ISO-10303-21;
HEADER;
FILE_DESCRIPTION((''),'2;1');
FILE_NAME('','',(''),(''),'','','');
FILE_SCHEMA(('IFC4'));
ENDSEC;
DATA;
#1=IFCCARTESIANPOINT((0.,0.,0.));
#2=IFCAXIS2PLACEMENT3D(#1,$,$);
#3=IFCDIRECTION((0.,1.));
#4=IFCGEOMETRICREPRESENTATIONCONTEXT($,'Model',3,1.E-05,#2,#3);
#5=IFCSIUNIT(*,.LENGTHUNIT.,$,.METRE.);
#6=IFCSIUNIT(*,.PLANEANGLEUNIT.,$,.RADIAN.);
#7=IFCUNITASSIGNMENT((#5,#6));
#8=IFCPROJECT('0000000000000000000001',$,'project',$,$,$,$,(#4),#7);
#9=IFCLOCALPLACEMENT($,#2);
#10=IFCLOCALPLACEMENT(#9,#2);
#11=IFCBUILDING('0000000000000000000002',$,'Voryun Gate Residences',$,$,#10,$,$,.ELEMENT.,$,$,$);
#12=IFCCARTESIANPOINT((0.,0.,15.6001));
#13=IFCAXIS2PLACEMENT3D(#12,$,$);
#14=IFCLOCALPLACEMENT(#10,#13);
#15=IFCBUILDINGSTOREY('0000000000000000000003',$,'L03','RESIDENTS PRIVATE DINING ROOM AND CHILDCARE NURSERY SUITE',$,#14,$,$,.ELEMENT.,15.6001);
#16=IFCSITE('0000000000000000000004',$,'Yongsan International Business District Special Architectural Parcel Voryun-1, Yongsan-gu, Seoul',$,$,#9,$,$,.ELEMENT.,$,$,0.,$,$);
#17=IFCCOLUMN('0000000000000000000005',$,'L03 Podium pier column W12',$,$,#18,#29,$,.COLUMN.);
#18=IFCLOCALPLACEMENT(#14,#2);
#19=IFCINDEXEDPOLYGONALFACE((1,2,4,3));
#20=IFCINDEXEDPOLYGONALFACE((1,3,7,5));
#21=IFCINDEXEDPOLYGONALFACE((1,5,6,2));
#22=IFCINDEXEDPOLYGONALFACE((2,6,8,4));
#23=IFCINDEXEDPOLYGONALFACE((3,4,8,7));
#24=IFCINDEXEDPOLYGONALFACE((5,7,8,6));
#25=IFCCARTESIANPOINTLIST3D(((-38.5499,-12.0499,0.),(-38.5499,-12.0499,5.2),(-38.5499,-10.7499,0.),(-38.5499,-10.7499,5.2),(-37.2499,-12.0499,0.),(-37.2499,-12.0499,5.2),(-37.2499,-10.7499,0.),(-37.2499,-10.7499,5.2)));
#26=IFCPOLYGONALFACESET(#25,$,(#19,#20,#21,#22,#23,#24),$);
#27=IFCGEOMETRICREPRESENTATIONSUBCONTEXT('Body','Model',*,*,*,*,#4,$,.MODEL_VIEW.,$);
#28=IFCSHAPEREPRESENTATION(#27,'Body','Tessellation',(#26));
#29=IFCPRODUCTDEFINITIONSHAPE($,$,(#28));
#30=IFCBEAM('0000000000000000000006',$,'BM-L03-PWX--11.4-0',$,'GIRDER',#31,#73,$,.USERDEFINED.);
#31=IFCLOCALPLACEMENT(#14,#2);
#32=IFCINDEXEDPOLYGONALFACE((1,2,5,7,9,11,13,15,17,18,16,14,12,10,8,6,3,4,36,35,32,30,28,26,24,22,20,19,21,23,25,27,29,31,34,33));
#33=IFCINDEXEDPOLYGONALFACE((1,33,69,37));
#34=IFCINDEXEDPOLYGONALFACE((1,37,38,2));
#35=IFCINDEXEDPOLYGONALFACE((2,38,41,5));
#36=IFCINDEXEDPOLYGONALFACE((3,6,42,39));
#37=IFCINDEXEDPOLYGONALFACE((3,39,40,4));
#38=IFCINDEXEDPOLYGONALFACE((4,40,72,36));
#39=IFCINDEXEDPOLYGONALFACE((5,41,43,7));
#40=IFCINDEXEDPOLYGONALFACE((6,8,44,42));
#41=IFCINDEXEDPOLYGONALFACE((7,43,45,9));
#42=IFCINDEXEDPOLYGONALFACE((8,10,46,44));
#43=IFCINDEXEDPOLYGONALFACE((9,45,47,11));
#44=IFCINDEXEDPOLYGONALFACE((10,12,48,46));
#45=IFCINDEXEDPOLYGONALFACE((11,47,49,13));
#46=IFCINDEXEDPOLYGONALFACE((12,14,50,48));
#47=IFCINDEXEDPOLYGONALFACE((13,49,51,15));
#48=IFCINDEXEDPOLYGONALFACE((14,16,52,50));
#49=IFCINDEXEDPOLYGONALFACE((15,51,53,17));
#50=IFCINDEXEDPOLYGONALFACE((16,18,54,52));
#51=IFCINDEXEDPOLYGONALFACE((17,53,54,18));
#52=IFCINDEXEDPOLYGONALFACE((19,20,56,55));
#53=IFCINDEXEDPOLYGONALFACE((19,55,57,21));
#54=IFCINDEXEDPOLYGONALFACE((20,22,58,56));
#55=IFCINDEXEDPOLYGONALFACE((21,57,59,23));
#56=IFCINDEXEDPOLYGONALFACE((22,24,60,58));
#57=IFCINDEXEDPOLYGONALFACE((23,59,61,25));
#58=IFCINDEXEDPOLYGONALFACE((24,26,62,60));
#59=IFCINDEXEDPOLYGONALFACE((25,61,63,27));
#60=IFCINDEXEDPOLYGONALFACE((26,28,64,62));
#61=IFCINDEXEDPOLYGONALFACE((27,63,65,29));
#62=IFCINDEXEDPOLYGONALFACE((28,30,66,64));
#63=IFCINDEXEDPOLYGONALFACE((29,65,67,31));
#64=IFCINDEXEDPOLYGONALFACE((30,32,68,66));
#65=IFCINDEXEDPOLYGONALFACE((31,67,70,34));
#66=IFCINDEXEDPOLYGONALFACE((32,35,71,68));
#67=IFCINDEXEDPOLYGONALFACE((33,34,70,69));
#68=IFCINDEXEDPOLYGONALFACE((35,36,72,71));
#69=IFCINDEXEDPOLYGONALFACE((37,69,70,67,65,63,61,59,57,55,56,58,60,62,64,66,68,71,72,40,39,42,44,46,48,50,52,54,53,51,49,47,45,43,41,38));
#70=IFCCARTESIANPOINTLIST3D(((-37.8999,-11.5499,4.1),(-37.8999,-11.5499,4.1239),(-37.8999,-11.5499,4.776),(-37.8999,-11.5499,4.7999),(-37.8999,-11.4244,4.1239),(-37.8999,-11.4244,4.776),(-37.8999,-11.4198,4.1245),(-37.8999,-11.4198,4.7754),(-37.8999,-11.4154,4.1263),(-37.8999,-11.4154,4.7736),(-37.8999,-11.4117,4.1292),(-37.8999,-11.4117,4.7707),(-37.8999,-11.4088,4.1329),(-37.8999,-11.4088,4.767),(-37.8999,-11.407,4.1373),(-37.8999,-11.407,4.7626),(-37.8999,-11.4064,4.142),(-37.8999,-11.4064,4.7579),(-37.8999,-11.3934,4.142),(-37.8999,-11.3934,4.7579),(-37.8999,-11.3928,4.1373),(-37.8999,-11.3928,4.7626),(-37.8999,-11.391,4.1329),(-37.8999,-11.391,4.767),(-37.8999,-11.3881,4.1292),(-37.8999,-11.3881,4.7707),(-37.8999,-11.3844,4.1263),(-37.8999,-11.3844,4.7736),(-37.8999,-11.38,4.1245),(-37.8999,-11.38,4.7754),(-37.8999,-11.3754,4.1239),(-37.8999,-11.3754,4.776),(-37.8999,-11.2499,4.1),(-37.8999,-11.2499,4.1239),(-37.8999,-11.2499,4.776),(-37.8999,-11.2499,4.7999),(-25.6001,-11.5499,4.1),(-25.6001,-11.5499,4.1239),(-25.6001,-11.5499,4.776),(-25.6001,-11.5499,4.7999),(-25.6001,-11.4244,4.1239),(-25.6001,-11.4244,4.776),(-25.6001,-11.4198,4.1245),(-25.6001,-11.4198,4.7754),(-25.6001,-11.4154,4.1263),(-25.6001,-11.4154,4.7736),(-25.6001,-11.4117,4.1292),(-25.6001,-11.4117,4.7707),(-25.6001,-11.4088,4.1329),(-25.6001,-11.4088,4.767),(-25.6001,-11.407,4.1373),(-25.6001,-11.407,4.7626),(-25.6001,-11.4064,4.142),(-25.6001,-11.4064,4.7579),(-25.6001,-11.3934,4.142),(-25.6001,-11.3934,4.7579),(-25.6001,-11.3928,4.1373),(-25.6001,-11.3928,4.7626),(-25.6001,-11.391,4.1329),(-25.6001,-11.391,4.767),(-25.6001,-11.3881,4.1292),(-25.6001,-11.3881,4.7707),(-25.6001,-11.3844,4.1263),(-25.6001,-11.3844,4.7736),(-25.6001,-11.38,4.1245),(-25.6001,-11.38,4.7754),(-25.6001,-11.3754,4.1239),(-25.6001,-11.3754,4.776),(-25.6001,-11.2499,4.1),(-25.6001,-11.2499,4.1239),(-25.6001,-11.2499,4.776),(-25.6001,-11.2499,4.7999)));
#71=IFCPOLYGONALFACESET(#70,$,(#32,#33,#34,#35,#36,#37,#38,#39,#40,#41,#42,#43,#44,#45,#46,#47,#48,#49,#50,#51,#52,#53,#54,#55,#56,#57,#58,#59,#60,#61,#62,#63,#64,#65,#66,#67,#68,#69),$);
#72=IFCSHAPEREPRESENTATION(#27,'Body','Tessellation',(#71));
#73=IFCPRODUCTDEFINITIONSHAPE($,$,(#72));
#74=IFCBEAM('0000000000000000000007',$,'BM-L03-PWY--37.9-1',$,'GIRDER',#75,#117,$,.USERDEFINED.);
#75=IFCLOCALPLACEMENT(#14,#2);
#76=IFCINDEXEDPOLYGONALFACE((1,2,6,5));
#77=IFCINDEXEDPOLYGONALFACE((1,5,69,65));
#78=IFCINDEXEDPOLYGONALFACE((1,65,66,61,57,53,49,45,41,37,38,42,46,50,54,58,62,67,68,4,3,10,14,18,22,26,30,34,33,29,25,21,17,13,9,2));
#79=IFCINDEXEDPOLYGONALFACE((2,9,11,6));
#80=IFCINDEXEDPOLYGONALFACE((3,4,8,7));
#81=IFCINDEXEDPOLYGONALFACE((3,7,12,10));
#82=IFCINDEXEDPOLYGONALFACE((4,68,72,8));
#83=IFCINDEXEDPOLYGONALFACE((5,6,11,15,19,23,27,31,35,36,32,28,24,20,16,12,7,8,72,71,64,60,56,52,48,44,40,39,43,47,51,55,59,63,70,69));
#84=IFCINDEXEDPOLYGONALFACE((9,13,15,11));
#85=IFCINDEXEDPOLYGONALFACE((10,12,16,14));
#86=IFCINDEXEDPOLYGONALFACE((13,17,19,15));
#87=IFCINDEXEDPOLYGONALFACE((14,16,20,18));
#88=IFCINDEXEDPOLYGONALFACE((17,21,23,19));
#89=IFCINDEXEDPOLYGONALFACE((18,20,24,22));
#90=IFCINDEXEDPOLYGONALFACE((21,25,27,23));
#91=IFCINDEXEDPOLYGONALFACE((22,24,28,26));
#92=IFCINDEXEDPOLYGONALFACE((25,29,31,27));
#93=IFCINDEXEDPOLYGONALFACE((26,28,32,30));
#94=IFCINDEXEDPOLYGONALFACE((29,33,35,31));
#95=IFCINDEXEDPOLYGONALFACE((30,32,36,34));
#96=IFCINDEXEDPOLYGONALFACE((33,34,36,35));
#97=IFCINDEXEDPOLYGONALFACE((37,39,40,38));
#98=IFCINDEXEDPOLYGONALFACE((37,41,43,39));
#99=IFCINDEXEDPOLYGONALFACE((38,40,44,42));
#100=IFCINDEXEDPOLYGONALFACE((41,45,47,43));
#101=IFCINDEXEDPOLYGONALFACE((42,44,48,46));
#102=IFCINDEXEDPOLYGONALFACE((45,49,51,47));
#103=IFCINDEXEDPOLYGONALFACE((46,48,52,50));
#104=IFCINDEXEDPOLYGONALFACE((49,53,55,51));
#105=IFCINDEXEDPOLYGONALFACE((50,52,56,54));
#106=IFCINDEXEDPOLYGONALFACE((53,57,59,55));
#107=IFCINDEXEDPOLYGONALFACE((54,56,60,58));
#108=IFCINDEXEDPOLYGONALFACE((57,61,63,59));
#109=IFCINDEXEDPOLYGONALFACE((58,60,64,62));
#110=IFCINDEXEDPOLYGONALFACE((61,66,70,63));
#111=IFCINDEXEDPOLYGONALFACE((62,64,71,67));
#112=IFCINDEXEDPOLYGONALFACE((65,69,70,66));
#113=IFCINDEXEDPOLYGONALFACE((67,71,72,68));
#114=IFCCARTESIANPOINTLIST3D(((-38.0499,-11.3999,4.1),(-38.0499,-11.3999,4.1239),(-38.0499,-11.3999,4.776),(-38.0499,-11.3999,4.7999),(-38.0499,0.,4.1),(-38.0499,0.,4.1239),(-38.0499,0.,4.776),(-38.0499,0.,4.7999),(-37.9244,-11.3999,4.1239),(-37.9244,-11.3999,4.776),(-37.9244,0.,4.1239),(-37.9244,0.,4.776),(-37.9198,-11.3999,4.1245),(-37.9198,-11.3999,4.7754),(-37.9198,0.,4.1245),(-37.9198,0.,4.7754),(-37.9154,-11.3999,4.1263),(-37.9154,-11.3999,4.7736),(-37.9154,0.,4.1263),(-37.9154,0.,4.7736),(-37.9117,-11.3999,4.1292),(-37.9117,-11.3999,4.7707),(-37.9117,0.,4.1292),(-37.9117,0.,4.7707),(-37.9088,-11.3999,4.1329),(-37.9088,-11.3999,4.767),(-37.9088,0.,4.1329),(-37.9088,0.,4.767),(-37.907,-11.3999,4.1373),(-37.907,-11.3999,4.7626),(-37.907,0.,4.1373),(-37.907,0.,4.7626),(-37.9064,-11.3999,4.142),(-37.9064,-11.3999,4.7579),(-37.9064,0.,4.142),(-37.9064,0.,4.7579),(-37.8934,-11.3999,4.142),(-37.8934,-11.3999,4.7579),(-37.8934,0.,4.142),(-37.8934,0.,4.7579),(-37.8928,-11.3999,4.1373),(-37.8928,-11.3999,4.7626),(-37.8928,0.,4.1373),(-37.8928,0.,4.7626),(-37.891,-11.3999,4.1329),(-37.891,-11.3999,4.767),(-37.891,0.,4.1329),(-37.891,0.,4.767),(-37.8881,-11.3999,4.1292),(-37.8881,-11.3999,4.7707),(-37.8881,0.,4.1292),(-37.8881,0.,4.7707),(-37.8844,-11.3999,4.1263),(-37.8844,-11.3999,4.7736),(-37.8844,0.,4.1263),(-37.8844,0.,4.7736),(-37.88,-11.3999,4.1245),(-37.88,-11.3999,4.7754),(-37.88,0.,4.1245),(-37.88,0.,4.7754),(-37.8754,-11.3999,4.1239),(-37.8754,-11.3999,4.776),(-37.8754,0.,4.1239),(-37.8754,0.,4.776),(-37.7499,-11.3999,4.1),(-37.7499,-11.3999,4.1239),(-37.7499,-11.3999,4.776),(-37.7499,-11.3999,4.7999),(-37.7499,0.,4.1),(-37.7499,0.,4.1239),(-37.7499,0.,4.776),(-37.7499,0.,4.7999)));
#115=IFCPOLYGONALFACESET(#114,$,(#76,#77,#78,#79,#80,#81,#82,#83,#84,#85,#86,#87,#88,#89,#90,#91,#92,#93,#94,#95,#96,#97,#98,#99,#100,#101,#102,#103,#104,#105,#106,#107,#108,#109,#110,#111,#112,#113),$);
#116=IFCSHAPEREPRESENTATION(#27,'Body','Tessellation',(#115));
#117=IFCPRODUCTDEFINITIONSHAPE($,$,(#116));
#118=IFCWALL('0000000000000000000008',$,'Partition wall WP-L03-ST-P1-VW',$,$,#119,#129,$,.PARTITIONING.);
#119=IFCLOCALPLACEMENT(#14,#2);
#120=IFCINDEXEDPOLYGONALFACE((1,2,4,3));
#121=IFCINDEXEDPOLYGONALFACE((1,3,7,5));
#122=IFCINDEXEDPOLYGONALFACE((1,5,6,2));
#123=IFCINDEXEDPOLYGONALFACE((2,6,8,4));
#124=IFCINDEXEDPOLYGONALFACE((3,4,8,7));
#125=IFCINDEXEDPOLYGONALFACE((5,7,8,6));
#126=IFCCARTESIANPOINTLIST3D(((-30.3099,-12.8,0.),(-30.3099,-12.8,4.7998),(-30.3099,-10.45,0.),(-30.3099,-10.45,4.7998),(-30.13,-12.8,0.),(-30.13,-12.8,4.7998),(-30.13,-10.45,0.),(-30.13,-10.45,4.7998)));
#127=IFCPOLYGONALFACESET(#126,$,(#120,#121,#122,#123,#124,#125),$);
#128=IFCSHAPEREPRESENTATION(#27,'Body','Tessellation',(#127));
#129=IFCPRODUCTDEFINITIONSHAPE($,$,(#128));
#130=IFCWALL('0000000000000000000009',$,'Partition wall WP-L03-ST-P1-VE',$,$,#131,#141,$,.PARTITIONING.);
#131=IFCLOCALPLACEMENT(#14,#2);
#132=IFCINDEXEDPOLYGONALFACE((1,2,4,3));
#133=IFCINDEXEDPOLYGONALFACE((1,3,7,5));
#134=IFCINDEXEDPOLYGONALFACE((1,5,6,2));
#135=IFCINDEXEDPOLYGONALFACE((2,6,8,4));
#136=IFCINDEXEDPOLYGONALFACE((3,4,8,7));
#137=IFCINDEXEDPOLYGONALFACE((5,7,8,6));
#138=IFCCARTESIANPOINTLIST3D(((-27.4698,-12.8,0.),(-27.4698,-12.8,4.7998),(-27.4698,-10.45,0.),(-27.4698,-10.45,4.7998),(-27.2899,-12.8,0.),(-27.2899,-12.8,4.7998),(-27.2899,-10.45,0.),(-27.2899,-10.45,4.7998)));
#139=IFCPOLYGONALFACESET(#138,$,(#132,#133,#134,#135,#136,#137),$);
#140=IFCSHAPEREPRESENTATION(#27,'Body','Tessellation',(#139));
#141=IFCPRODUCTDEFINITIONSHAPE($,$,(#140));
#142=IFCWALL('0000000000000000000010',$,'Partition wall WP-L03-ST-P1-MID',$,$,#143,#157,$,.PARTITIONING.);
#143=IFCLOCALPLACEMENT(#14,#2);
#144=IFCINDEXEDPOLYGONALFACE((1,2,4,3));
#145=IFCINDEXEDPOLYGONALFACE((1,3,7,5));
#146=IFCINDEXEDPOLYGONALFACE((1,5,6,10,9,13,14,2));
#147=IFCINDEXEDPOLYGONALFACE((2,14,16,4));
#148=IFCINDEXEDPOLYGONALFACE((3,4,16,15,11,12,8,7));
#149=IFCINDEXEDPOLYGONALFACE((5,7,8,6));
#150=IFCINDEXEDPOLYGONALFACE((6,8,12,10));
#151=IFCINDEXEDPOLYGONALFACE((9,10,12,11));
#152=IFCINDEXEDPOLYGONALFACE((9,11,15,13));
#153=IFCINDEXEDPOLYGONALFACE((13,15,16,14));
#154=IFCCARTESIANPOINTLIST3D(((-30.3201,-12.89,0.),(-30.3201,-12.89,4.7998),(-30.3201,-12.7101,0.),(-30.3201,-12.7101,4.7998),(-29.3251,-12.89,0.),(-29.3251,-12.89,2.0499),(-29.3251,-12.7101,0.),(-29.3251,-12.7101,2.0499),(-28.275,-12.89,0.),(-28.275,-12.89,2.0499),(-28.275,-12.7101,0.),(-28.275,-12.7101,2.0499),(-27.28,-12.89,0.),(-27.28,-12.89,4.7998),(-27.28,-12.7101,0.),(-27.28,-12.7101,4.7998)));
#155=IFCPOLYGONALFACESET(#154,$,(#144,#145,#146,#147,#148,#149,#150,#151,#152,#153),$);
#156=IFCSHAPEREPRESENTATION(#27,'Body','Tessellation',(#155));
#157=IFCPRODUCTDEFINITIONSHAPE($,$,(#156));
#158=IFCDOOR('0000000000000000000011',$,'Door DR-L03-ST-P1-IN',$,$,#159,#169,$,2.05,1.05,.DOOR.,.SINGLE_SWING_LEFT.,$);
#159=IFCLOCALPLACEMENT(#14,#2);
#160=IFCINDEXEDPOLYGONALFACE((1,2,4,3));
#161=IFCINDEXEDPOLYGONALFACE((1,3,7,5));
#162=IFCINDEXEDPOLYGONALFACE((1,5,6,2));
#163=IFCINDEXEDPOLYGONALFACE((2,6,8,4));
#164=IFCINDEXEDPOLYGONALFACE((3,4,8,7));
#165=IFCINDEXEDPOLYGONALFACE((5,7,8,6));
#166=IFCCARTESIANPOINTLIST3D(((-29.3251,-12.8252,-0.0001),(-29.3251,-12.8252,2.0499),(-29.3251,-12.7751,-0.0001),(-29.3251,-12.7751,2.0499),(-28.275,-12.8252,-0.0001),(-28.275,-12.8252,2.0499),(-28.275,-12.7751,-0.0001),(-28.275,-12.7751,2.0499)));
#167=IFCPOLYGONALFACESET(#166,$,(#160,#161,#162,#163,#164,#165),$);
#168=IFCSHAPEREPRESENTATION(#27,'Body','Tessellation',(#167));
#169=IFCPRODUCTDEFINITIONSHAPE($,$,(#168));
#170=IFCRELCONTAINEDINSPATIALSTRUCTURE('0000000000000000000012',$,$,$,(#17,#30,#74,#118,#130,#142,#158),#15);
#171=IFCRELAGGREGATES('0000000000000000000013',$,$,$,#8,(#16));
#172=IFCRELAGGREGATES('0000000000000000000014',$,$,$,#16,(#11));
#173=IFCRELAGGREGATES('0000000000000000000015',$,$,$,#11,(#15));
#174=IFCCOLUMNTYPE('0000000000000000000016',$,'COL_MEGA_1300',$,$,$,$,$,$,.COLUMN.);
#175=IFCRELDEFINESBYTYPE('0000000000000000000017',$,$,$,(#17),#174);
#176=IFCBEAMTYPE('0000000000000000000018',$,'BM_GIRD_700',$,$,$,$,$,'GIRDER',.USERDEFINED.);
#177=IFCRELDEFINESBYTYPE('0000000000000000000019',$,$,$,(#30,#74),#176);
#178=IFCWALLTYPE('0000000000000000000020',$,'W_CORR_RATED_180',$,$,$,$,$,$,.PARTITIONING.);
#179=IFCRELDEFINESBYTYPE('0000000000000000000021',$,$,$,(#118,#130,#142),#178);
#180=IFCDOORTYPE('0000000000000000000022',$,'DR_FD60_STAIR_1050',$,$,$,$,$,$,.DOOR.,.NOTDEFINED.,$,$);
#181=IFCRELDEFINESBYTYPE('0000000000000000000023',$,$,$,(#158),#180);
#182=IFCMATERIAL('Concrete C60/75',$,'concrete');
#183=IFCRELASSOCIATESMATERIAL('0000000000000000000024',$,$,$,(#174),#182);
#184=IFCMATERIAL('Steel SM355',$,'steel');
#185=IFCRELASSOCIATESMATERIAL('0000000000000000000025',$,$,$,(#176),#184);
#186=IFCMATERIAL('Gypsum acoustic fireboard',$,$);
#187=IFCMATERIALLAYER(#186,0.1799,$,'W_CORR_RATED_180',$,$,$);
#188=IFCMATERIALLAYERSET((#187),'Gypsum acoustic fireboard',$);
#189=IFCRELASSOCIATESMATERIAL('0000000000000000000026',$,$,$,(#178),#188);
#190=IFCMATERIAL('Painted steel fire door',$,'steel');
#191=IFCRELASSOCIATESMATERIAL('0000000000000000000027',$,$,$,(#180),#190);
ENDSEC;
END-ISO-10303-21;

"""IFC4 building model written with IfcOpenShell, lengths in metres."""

from ifc_helpers import new_model, si_unit, direction, frame, frame_2d, origin, origin_2d, place, context, subcontext, project, spatial, rectangle, i_section, extrude, material, layer, layer_set, material_profile, profile_set, type_object, element, fill, save


model = new_model("IFC4")

# Units and contexts
model_context = context("Model", 3, precision=1e-05, world=origin(), true_north=direction((0.0, 1.0)))
body_context = subcontext(model_context, "Body", "Model", "MODEL_VIEW")
ifc_project = project(units=[si_unit("LENGTHUNIT", "METRE"), si_unit("PLANEANGLEUNIT", "RADIAN")], contexts=[model_context])

# Site, building, storey
site_placement = place(None, origin())
site = spatial("IfcSite", under=ifc_project, at=site_placement, Name="Yongsan International Business District Special Architectural Parcel Voryun-1, Yongsan-gu, Seoul", CompositionType="ELEMENT", RefElevation=0.0)
building_placement = place(site_placement, origin())
building = spatial("IfcBuilding", under=site, at=building_placement, Name="Voryun Gate Residences", CompositionType="ELEMENT")
storey_placement = place(building_placement, frame((0.0, 0.0, 15.6001)))
storey = spatial("IfcBuildingStorey", under=building, at=storey_placement, Name="L03", Description="RESIDENTS PRIVATE DINING ROOM AND CHILDCARE NURSERY SUITE", CompositionType="ELEMENT", Elevation=15.6001)

# Column
ifc_material_1 = material(Name="Concrete C60/75", Category="concrete")
ifc_material_profile_1 = material_profile(ifc_material_1, rectangle(XDim=1.3, YDim=1.3, at=origin_2d()), Name="RC-1300x1300")
ifc_profile_set_1 = profile_set([ifc_material_profile_1], Name="Concrete C60/75")
column_type = type_object("IfcColumnType", Name="COL_MEGA_1300", PredefinedType="COLUMN", material=ifc_profile_set_1)
column_placement = place(storey_placement, frame((-37.8999, -11.3999, 0.0), z_axis=(0.0, 0.0, 1.0), x_axis=(1.0, 0.0, 0.0)))
element("IfcColumn", 1, at=column_placement, inside=storey, type_object=column_type, Name="L03 Podium pier column W12", PredefinedType="COLUMN", context=body_context, shape_type="SweptSolid", body=[
    extrude(rectangle(XDim=1.3, YDim=1.3, at=origin_2d()), origin(), (0.0, 0.0, 1.0), 5.2),
])

# Beams
ifc_material_2 = material(Name="Steel SM355", Category="steel")
ifc_material_profile_2 = material_profile(ifc_material_2, i_section(OverallWidth=0.3, OverallDepth=0.7, WebThickness=0.0129, FlangeThickness=0.0239, FilletRadius=0.0181, at=origin_2d()), Name="H-700x300x13x24")
ifc_profile_set_2 = profile_set([ifc_material_profile_2], Name="Steel SM355")
beam_type = type_object("IfcBeamType", Name="BM_GIRD_700", ElementType="GIRDER", PredefinedType="USERDEFINED", material=ifc_profile_set_2)
beam_1_placement = place(storey_placement, frame((-37.8999, -11.3999, 4.45), z_axis=(1.0, 0.0, 0.0), x_axis=(0.0, 1.0, 0.0)))
element("IfcBeam", 2, at=beam_1_placement, inside=storey, type_object=beam_type, Name="BM-L03-PWX--11.4-0", ObjectType="GIRDER", PredefinedType="USERDEFINED", context=body_context, shape_type="SweptSolid", body=[
    extrude(i_section(OverallWidth=0.3, OverallDepth=0.7, WebThickness=0.0129, FlangeThickness=0.0239, FilletRadius=0.0181, at=origin_2d()), origin(), (0.0, 0.0, 1.0), 12.2998),
])
beam_2_placement = place(storey_placement, frame((-37.8999, -11.3999, 4.45), z_axis=(0.0, 1.0, 0.0), x_axis=(-1.0, 0.0, 0.0)))
element("IfcBeam", 3, at=beam_2_placement, inside=storey, type_object=beam_type, Name="BM-L03-PWY--37.9-1", ObjectType="GIRDER", PredefinedType="USERDEFINED", context=body_context, shape_type="SweptSolid", body=[
    extrude(i_section(OverallWidth=0.3, OverallDepth=0.7, WebThickness=0.0129, FlangeThickness=0.0239, FilletRadius=0.0181, at=origin_2d()), origin(), (0.0, 0.0, 1.0), 11.3999),
])

# Walls
ifc_material_3 = material(Name="Gypsum acoustic fireboard")
ifc_layer = layer(ifc_material_3, 0.1799, Name="W_CORR_RATED_180")
ifc_layer_set = layer_set([ifc_layer], Name="Gypsum acoustic fireboard")
wall_type = type_object("IfcWallType", Name="W_CORR_RATED_180", PredefinedType="PARTITIONING", material=ifc_layer_set)
for number, where, z_axis, x_axis, name in (
    (4, (-30.22, -12.8, 0.0), (0.0, 0.0, 1.0), (0.0, 1.0, 0.0), "Partition wall WP-L03-ST-P1-VW"),
    (5, (-27.3799, -12.8, 0.0), (0.0, 0.0, 1.0), (0.0, 1.0, 0.0), "Partition wall WP-L03-ST-P1-VE"),
):
    element("IfcWall", number, at=place(storey_placement, frame(where, z_axis=z_axis, x_axis=x_axis)), inside=storey, type_object=wall_type, Name=name, PredefinedType="PARTITIONING", context=body_context, shape_type="SweptSolid", body=[
        extrude(rectangle(XDim=2.3501, YDim=0.1799, at=frame_2d((1.175, 0.0))), origin(), (0.0, 0.0, 1.0), 4.7998),
    ])

# Wall, opening, door
wall_1_placement = place(storey_placement, frame((-30.3201, -12.8, 0.0), z_axis=(0.0, 0.0, 1.0), x_axis=(1.0, 0.0, 0.0)))
wall_1 = element("IfcWall", 6, at=wall_1_placement, inside=storey, type_object=wall_type, Name="Partition wall WP-L03-ST-P1-MID", PredefinedType="PARTITIONING", context=body_context, shape_type="SweptSolid", body=[
    extrude(rectangle(XDim=3.04, YDim=0.1799, at=frame_2d((1.52, 0.0))), origin(), (0.0, 0.0, 1.0), 4.7998),
])
opening_1_placement = place(wall_1_placement, frame((0.9951, 0.0, 0.0)))
opening_1 = element("IfcOpeningElement", 7, at=opening_1_placement, cuts=wall_1, PredefinedType="OPENING", context=body_context, shape_type="SweptSolid", body=[
    extrude(rectangle(XDim=1.05, YDim=2.05, at=frame_2d((0.5249, 1.0249))), frame((0.0, 0.0999, 0.0), z_axis=(0.0, -1.0, 0.0), x_axis=(1.0, 0.0, 0.0)), (0.0, 0.0, 1.0), 0.2),
])
ifc_material_4 = material(Name="Painted steel fire door", Category="steel")
door_type_1 = type_object("IfcDoorType", Name="DR_FD60_STAIR_1050", OperationType="NOTDEFINED", PredefinedType="DOOR", material=ifc_material_4)
door_1_placement = place(opening_1_placement, origin())
door_1 = element("IfcDoor", 8, at=door_1_placement, inside=storey, type_object=door_type_1, Name="Door DR-L03-ST-P1-IN", OperationType="SINGLE_SWING_LEFT", OverallHeight=2.05, OverallWidth=1.05, PredefinedType="DOOR", context=body_context, shape_type="SweptSolid", body=[
    extrude(rectangle(XDim=1.05, YDim=2.05, at=frame_2d((0.5249, 1.0249))), frame((0.0, 0.0249, 0.0), z_axis=(0.0, -1.0, 0.0), x_axis=(1.0, 0.0, 0.0)), (0.0, 0.0, 1.0), 0.05),
])
fill(opening_1, door_1)

save(model, "model.ifc")
